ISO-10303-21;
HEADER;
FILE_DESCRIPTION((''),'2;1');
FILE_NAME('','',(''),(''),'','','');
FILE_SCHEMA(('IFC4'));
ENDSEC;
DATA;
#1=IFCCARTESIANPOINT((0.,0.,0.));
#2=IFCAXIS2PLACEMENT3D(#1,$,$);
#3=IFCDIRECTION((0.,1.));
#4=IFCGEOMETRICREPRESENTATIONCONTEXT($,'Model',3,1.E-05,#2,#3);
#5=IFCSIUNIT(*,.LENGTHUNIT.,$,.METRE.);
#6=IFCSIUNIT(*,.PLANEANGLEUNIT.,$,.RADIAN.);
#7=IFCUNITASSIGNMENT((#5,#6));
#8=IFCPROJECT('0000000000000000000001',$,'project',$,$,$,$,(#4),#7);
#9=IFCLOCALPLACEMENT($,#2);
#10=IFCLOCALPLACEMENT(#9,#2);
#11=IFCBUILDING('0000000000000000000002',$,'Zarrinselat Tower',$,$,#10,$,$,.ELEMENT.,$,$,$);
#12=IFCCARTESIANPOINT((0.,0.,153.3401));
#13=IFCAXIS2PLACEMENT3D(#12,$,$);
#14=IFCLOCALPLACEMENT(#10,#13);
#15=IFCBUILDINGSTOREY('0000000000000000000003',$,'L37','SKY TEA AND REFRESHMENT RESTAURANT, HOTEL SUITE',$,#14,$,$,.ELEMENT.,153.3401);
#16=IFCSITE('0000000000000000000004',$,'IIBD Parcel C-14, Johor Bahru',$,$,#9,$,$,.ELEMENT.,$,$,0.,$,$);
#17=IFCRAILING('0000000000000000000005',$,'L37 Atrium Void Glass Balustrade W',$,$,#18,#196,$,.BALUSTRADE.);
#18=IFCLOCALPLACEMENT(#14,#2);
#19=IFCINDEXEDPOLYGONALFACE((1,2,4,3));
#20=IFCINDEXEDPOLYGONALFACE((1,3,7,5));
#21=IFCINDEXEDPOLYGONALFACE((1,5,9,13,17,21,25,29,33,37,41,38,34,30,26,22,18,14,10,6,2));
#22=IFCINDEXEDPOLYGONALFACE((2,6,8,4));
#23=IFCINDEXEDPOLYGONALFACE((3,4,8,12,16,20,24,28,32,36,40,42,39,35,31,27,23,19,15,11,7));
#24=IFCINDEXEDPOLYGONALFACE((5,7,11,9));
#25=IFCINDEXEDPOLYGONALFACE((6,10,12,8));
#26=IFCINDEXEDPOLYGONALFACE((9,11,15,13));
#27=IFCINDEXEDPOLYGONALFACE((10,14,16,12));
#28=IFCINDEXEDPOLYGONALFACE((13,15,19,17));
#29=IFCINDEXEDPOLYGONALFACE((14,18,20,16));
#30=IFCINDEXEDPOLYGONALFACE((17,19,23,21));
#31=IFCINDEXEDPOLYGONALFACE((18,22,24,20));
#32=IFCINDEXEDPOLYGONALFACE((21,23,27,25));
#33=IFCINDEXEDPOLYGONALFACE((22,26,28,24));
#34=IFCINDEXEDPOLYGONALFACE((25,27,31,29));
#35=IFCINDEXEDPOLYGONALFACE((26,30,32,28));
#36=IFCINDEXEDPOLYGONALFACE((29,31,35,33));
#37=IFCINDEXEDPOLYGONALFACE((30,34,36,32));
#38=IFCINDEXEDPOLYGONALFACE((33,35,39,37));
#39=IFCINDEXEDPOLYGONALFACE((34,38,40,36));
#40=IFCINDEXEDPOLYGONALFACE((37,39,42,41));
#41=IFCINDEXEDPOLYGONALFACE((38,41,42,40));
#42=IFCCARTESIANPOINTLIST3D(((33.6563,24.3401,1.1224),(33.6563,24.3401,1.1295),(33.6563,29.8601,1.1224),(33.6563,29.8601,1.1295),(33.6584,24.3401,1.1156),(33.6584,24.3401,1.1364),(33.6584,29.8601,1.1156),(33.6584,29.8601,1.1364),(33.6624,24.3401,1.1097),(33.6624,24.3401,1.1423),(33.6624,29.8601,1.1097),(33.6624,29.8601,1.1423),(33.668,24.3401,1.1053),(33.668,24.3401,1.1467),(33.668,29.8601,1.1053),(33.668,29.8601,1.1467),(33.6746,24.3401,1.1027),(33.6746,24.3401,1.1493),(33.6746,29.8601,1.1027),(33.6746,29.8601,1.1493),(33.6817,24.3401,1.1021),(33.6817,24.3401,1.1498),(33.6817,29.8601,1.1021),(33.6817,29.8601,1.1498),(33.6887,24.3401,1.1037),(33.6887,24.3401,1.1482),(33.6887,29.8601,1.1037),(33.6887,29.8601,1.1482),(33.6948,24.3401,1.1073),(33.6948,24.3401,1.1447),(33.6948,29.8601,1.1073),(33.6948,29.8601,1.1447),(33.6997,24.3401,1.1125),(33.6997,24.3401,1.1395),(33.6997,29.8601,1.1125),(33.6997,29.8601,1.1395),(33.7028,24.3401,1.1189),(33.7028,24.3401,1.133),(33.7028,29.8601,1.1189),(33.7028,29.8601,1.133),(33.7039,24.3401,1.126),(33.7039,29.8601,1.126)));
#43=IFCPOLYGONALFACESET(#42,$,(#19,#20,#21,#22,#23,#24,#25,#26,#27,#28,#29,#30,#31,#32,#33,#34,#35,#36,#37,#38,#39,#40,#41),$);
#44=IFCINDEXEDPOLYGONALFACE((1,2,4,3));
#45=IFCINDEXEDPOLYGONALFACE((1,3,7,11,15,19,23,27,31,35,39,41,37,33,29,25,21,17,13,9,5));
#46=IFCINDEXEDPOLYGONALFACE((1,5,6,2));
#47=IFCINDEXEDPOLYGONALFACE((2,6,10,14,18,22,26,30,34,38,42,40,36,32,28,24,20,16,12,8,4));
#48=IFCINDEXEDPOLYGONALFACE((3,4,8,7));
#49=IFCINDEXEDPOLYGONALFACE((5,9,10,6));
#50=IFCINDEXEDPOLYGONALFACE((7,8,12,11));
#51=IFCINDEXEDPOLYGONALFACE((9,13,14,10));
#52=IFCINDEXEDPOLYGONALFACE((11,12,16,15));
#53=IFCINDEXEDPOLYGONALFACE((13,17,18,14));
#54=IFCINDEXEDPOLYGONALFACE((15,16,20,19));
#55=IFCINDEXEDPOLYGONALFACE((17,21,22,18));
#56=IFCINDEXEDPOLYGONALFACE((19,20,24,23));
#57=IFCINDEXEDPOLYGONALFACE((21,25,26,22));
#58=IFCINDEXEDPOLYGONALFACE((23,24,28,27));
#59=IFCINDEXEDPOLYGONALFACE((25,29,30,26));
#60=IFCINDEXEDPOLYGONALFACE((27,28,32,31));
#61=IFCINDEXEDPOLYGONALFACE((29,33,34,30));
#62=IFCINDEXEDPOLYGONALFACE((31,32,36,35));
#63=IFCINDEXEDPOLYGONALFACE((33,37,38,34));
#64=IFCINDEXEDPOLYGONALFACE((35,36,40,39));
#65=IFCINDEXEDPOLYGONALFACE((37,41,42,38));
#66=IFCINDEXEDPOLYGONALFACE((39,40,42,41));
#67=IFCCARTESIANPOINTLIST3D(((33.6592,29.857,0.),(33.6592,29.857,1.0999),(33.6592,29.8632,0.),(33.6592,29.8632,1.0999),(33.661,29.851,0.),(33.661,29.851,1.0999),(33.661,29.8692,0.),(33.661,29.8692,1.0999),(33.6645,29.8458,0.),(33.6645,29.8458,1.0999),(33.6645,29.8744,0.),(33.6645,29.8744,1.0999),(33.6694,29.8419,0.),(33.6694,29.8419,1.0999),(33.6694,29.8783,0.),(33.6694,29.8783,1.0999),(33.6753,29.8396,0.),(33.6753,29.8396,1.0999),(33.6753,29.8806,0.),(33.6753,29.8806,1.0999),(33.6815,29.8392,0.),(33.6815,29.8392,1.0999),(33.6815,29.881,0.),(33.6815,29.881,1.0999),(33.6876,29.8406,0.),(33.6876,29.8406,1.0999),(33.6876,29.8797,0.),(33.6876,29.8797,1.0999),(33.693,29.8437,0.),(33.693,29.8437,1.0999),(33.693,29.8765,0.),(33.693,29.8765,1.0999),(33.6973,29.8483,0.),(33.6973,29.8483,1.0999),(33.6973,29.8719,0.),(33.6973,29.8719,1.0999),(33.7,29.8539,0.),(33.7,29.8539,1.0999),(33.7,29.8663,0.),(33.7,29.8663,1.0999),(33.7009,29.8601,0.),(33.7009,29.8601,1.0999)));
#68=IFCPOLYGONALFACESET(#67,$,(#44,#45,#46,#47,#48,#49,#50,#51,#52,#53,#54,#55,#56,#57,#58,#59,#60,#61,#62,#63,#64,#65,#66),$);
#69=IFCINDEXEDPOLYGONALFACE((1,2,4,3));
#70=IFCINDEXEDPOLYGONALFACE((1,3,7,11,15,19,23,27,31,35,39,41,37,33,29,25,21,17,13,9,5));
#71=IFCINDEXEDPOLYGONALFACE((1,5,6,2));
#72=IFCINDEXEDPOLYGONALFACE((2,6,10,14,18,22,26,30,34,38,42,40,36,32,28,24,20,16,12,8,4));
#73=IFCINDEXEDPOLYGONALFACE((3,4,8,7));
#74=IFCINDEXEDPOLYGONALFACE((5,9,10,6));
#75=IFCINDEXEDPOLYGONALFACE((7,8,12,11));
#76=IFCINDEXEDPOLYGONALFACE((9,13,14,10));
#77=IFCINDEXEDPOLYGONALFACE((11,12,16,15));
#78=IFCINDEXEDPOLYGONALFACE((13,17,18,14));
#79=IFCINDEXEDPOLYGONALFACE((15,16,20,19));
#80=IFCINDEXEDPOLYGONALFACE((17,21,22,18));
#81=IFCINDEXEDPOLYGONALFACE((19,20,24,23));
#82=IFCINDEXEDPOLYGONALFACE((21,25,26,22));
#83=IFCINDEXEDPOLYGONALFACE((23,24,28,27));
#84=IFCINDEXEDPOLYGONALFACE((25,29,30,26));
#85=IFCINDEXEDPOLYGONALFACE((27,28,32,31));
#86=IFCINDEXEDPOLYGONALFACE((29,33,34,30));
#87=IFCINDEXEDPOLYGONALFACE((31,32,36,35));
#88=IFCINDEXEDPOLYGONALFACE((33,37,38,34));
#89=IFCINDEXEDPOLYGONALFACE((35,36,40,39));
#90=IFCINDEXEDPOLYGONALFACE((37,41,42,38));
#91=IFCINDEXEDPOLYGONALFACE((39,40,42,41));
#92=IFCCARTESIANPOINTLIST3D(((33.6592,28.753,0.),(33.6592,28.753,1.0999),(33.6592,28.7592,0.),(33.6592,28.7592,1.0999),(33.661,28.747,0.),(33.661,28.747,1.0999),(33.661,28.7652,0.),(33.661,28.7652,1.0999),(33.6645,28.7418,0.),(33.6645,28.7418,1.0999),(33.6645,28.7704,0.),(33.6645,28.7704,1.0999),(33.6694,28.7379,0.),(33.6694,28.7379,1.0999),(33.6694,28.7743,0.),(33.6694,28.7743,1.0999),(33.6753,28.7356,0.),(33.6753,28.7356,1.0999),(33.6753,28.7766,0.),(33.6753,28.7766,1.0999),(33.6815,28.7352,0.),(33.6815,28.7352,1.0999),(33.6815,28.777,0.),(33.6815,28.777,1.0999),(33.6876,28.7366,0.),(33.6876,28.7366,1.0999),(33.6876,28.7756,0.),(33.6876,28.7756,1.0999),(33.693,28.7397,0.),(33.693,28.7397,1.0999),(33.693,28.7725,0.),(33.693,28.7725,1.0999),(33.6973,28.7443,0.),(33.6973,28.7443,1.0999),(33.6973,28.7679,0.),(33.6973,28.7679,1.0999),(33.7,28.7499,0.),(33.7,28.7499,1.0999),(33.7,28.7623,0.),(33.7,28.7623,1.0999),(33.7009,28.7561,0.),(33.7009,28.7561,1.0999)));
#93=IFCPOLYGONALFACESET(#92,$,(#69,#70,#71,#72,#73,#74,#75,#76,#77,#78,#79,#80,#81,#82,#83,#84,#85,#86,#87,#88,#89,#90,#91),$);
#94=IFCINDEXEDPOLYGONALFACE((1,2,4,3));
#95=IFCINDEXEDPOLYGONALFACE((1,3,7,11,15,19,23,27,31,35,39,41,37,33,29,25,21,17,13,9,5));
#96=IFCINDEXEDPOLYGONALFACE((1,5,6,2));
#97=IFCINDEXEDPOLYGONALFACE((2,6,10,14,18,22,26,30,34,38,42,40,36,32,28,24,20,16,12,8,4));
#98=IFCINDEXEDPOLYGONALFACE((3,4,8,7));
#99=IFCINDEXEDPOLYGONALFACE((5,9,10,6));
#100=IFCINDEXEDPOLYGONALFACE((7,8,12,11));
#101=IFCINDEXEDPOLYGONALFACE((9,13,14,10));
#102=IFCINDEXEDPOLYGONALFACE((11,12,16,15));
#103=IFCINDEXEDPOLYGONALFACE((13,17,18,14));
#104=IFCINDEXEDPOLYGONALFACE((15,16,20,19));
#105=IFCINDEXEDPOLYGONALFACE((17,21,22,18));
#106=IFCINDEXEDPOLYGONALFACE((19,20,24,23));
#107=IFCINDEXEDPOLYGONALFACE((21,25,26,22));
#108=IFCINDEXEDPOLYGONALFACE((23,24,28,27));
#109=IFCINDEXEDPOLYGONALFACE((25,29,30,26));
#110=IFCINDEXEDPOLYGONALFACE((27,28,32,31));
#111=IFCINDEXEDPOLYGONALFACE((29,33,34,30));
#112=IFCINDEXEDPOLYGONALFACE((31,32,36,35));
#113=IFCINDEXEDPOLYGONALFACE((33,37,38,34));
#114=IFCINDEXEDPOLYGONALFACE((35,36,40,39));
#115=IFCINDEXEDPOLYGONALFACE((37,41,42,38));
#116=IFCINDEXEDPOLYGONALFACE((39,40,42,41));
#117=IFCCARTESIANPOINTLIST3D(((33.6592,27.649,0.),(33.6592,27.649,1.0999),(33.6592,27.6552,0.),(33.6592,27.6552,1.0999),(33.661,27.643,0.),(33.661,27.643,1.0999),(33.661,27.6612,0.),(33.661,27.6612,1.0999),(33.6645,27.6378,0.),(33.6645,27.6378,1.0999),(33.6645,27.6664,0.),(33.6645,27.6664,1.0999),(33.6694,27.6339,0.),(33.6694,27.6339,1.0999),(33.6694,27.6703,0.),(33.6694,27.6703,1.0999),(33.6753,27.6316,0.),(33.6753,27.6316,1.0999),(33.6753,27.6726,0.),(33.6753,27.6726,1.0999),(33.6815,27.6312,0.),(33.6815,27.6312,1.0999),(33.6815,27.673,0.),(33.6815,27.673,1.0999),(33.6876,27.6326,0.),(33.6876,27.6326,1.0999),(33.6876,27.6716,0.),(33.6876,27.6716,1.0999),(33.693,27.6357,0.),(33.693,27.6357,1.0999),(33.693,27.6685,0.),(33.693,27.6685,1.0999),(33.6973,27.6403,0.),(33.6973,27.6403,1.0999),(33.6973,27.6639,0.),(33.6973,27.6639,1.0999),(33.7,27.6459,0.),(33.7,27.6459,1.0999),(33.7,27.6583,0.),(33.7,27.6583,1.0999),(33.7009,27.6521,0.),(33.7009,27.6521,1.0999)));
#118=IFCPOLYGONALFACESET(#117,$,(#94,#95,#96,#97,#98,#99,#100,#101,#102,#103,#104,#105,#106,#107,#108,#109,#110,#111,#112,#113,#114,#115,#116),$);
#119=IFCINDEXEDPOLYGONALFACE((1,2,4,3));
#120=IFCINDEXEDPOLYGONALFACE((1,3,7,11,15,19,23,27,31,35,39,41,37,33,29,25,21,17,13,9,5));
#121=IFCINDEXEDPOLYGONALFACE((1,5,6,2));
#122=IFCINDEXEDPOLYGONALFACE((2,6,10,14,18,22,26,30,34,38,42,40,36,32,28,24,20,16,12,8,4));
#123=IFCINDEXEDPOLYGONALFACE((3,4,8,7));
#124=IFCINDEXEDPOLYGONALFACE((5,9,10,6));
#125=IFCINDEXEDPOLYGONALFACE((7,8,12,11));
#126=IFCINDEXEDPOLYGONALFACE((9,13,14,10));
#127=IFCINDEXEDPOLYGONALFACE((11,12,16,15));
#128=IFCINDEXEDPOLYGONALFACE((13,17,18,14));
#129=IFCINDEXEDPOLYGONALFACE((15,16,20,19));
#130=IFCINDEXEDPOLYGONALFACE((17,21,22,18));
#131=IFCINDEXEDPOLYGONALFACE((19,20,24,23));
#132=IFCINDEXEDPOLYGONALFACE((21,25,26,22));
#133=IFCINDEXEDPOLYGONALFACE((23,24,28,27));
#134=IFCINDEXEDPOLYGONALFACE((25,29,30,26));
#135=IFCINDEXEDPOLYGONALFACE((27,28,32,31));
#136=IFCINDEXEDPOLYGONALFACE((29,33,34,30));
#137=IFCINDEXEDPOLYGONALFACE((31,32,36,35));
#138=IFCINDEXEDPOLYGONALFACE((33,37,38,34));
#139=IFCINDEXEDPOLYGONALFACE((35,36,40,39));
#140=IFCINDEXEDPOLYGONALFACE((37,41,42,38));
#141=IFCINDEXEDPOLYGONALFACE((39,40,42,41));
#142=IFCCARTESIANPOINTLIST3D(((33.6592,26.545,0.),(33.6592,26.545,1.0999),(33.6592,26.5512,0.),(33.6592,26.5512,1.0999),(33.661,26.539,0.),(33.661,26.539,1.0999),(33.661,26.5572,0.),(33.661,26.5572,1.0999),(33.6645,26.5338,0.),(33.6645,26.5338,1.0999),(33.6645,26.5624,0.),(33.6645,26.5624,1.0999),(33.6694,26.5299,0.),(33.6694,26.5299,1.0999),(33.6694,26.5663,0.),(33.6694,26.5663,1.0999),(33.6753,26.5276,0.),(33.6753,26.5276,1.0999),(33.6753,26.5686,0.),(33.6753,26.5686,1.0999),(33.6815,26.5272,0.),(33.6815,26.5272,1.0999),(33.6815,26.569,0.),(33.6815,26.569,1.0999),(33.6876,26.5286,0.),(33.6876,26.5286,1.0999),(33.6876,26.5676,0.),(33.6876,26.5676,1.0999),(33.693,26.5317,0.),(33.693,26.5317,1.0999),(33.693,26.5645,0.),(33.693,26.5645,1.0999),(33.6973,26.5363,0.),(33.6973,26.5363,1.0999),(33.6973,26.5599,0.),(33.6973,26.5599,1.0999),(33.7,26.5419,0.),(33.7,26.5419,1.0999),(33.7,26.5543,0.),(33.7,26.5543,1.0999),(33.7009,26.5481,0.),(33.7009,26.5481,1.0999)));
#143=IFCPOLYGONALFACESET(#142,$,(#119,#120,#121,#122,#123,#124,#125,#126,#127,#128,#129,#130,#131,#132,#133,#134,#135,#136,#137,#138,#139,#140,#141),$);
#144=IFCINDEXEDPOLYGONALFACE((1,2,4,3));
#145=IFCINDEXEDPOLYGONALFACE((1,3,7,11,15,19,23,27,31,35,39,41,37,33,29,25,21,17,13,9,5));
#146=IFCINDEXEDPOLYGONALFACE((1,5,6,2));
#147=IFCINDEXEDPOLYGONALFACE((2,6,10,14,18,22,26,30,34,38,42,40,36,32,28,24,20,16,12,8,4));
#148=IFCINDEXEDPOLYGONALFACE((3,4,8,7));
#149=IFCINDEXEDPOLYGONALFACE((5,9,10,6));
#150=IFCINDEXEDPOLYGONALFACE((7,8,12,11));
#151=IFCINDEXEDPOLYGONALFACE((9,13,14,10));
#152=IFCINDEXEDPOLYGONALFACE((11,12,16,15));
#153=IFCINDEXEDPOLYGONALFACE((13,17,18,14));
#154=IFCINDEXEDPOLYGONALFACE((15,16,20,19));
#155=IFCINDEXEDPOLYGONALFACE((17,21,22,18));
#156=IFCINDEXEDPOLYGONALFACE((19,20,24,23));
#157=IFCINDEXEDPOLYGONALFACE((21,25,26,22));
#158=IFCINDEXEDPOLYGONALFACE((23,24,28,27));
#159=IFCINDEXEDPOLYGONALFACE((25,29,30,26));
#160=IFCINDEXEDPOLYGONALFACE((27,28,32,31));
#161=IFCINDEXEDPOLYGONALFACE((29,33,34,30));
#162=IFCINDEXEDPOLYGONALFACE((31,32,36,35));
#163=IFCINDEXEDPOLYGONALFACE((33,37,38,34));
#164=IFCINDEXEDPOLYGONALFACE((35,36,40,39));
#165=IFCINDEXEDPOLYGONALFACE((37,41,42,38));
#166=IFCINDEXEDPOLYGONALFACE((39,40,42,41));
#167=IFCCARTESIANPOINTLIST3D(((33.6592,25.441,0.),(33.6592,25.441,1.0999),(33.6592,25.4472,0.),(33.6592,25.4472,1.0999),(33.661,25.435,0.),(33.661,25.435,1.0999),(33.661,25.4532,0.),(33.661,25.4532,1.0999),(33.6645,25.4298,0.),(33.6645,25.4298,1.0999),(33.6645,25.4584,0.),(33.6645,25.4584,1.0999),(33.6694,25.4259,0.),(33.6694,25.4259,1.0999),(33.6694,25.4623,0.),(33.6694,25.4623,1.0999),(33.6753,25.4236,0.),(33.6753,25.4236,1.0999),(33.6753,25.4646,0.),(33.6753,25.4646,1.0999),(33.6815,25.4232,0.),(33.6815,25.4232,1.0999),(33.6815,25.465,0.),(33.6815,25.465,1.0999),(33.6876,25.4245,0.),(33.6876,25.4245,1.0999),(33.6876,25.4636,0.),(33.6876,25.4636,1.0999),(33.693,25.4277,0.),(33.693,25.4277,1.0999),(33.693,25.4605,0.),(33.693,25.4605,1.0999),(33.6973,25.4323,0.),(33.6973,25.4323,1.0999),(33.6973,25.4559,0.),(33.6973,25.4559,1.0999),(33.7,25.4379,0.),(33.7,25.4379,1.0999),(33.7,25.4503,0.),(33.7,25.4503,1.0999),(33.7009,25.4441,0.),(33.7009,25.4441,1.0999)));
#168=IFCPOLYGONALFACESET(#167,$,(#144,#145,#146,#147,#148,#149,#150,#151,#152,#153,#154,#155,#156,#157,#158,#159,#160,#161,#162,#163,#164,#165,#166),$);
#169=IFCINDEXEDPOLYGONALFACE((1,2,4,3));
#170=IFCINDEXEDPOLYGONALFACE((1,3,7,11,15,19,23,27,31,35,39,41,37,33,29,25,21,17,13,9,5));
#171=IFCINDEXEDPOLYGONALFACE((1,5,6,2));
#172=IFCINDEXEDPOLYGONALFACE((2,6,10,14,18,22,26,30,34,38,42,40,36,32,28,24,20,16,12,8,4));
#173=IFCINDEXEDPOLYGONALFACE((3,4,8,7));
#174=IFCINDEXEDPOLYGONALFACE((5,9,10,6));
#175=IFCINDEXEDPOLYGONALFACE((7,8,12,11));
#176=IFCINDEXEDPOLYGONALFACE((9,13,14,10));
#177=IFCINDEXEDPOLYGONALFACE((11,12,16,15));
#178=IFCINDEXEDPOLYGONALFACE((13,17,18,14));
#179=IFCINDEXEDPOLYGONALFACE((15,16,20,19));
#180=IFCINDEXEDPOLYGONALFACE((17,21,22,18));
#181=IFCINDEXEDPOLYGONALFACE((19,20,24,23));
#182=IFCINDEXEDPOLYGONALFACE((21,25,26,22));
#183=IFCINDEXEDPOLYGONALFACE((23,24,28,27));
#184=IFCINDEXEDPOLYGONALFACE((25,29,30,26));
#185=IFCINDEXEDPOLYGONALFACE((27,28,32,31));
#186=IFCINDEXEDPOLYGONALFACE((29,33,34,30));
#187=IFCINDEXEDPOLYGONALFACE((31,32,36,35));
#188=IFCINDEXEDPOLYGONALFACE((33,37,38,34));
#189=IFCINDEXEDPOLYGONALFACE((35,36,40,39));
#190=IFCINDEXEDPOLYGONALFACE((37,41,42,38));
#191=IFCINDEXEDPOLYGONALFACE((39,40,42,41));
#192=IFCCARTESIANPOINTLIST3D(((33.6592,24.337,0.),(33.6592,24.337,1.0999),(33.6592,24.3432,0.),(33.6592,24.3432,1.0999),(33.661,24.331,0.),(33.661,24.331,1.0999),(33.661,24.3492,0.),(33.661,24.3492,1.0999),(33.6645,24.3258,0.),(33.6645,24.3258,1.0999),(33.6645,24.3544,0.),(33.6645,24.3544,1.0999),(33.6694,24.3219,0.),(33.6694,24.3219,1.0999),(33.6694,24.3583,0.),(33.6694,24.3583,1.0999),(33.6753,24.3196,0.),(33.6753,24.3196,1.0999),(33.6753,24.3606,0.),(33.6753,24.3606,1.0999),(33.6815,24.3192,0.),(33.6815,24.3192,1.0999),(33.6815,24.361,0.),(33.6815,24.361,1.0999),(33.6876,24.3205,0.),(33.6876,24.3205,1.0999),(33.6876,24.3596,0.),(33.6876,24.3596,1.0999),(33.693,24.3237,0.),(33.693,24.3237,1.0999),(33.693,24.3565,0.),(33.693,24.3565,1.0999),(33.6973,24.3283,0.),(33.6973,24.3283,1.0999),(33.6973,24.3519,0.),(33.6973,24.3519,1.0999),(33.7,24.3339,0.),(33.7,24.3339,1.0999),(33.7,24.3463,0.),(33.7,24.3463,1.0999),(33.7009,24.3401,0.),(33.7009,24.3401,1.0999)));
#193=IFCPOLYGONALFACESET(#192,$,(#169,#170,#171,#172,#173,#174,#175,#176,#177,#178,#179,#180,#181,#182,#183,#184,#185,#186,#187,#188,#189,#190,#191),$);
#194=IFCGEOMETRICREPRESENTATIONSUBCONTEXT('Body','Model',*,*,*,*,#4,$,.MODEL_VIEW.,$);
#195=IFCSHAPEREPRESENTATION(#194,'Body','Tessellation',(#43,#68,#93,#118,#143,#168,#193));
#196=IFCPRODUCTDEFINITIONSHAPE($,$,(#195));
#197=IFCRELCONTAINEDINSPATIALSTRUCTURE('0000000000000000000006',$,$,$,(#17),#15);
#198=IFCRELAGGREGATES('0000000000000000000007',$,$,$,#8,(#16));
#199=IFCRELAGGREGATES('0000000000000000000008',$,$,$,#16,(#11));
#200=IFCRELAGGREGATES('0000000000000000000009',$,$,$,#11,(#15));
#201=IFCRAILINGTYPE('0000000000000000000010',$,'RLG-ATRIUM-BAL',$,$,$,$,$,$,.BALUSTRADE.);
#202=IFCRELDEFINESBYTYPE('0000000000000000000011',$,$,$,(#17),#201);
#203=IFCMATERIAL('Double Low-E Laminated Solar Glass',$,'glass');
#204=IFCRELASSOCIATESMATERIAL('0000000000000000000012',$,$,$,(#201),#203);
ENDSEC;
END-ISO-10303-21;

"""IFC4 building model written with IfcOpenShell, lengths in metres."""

from ifc_helpers import new_model, si_unit, direction, frame, origin, origin_2d, place, context, subcontext, project, spatial, circle, extrude, material, type_object, element, save


model = new_model("IFC4")

# Units and contexts
model_context = context("Model", 3, precision=1e-05, world=origin(), true_north=direction((0.0, 1.0)))
body_context = subcontext(model_context, "Body", "Model", "MODEL_VIEW")
ifc_project = project(units=[si_unit("LENGTHUNIT", "METRE"), si_unit("PLANEANGLEUNIT", "RADIAN")], contexts=[model_context])

# Site, building, storey
site_placement = place(None, origin())
site = spatial("IfcSite", under=ifc_project, at=site_placement, Name="IIBD Parcel C-14, Johor Bahru", CompositionType="ELEMENT", RefElevation=0.0)
building_placement = place(site_placement, origin())
building = spatial("IfcBuilding", under=site, at=building_placement, Name="Zarrinselat Tower", CompositionType="ELEMENT")
storey_placement = place(building_placement, frame((0.0, 0.0, 153.3401)))
storey = spatial("IfcBuildingStorey", under=building, at=storey_placement, Name="L37", Description="SKY TEA AND REFRESHMENT RESTAURANT, HOTEL SUITE", CompositionType="ELEMENT", Elevation=153.3401)

# Railing
ifc_material_1 = material(Name="Double Low-E Laminated Solar Glass", Category="glass")
railing_type = type_object("IfcRailingType", Name="RLG-ATRIUM-BAL", PredefinedType="BALUSTRADE", material=ifc_material_1)
railing_placement = place(storey_placement, frame((33.6799, 29.8601, 0.0)))
element("IfcRailing", 1, at=railing_placement, inside=storey, type_object=railing_type, Name="L37 Atrium Void Glass Balustrade W", PredefinedType="BALUSTRADE", context=body_context, shape_type="SweptSolid", body=[
    extrude(circle(Radius=0.0239, at=origin_2d()), frame((0.0, 0.0, 1.126), z_axis=(0.0, -1.0, 0.0), x_axis=(1.0, 0.0, 0.0)), (0.0, 0.0, 1.0), 5.52),
    extrude(circle(Radius=0.021, at=origin_2d()), origin(), (0.0, 0.0, 1.0), 1.0999),
    extrude(circle(Radius=0.021, at=origin_2d()), frame((0.0, -1.104, 0.0)), (0.0, 0.0, 1.0), 1.0999),
    extrude(circle(Radius=0.021, at=origin_2d()), frame((0.0, -2.208, 0.0)), (0.0, 0.0, 1.0), 1.0999),
    extrude(circle(Radius=0.021, at=origin_2d()), frame((0.0, -3.312, 0.0)), (0.0, 0.0, 1.0), 1.0999),
    extrude(circle(Radius=0.021, at=origin_2d()), frame((0.0, -4.416, 0.0)), (0.0, 0.0, 1.0), 1.0999),
    extrude(circle(Radius=0.021, at=origin_2d()), frame((0.0, -5.52, 0.0)), (0.0, 0.0, 1.0), 1.0999),
])

save(model, "model.ifc")
